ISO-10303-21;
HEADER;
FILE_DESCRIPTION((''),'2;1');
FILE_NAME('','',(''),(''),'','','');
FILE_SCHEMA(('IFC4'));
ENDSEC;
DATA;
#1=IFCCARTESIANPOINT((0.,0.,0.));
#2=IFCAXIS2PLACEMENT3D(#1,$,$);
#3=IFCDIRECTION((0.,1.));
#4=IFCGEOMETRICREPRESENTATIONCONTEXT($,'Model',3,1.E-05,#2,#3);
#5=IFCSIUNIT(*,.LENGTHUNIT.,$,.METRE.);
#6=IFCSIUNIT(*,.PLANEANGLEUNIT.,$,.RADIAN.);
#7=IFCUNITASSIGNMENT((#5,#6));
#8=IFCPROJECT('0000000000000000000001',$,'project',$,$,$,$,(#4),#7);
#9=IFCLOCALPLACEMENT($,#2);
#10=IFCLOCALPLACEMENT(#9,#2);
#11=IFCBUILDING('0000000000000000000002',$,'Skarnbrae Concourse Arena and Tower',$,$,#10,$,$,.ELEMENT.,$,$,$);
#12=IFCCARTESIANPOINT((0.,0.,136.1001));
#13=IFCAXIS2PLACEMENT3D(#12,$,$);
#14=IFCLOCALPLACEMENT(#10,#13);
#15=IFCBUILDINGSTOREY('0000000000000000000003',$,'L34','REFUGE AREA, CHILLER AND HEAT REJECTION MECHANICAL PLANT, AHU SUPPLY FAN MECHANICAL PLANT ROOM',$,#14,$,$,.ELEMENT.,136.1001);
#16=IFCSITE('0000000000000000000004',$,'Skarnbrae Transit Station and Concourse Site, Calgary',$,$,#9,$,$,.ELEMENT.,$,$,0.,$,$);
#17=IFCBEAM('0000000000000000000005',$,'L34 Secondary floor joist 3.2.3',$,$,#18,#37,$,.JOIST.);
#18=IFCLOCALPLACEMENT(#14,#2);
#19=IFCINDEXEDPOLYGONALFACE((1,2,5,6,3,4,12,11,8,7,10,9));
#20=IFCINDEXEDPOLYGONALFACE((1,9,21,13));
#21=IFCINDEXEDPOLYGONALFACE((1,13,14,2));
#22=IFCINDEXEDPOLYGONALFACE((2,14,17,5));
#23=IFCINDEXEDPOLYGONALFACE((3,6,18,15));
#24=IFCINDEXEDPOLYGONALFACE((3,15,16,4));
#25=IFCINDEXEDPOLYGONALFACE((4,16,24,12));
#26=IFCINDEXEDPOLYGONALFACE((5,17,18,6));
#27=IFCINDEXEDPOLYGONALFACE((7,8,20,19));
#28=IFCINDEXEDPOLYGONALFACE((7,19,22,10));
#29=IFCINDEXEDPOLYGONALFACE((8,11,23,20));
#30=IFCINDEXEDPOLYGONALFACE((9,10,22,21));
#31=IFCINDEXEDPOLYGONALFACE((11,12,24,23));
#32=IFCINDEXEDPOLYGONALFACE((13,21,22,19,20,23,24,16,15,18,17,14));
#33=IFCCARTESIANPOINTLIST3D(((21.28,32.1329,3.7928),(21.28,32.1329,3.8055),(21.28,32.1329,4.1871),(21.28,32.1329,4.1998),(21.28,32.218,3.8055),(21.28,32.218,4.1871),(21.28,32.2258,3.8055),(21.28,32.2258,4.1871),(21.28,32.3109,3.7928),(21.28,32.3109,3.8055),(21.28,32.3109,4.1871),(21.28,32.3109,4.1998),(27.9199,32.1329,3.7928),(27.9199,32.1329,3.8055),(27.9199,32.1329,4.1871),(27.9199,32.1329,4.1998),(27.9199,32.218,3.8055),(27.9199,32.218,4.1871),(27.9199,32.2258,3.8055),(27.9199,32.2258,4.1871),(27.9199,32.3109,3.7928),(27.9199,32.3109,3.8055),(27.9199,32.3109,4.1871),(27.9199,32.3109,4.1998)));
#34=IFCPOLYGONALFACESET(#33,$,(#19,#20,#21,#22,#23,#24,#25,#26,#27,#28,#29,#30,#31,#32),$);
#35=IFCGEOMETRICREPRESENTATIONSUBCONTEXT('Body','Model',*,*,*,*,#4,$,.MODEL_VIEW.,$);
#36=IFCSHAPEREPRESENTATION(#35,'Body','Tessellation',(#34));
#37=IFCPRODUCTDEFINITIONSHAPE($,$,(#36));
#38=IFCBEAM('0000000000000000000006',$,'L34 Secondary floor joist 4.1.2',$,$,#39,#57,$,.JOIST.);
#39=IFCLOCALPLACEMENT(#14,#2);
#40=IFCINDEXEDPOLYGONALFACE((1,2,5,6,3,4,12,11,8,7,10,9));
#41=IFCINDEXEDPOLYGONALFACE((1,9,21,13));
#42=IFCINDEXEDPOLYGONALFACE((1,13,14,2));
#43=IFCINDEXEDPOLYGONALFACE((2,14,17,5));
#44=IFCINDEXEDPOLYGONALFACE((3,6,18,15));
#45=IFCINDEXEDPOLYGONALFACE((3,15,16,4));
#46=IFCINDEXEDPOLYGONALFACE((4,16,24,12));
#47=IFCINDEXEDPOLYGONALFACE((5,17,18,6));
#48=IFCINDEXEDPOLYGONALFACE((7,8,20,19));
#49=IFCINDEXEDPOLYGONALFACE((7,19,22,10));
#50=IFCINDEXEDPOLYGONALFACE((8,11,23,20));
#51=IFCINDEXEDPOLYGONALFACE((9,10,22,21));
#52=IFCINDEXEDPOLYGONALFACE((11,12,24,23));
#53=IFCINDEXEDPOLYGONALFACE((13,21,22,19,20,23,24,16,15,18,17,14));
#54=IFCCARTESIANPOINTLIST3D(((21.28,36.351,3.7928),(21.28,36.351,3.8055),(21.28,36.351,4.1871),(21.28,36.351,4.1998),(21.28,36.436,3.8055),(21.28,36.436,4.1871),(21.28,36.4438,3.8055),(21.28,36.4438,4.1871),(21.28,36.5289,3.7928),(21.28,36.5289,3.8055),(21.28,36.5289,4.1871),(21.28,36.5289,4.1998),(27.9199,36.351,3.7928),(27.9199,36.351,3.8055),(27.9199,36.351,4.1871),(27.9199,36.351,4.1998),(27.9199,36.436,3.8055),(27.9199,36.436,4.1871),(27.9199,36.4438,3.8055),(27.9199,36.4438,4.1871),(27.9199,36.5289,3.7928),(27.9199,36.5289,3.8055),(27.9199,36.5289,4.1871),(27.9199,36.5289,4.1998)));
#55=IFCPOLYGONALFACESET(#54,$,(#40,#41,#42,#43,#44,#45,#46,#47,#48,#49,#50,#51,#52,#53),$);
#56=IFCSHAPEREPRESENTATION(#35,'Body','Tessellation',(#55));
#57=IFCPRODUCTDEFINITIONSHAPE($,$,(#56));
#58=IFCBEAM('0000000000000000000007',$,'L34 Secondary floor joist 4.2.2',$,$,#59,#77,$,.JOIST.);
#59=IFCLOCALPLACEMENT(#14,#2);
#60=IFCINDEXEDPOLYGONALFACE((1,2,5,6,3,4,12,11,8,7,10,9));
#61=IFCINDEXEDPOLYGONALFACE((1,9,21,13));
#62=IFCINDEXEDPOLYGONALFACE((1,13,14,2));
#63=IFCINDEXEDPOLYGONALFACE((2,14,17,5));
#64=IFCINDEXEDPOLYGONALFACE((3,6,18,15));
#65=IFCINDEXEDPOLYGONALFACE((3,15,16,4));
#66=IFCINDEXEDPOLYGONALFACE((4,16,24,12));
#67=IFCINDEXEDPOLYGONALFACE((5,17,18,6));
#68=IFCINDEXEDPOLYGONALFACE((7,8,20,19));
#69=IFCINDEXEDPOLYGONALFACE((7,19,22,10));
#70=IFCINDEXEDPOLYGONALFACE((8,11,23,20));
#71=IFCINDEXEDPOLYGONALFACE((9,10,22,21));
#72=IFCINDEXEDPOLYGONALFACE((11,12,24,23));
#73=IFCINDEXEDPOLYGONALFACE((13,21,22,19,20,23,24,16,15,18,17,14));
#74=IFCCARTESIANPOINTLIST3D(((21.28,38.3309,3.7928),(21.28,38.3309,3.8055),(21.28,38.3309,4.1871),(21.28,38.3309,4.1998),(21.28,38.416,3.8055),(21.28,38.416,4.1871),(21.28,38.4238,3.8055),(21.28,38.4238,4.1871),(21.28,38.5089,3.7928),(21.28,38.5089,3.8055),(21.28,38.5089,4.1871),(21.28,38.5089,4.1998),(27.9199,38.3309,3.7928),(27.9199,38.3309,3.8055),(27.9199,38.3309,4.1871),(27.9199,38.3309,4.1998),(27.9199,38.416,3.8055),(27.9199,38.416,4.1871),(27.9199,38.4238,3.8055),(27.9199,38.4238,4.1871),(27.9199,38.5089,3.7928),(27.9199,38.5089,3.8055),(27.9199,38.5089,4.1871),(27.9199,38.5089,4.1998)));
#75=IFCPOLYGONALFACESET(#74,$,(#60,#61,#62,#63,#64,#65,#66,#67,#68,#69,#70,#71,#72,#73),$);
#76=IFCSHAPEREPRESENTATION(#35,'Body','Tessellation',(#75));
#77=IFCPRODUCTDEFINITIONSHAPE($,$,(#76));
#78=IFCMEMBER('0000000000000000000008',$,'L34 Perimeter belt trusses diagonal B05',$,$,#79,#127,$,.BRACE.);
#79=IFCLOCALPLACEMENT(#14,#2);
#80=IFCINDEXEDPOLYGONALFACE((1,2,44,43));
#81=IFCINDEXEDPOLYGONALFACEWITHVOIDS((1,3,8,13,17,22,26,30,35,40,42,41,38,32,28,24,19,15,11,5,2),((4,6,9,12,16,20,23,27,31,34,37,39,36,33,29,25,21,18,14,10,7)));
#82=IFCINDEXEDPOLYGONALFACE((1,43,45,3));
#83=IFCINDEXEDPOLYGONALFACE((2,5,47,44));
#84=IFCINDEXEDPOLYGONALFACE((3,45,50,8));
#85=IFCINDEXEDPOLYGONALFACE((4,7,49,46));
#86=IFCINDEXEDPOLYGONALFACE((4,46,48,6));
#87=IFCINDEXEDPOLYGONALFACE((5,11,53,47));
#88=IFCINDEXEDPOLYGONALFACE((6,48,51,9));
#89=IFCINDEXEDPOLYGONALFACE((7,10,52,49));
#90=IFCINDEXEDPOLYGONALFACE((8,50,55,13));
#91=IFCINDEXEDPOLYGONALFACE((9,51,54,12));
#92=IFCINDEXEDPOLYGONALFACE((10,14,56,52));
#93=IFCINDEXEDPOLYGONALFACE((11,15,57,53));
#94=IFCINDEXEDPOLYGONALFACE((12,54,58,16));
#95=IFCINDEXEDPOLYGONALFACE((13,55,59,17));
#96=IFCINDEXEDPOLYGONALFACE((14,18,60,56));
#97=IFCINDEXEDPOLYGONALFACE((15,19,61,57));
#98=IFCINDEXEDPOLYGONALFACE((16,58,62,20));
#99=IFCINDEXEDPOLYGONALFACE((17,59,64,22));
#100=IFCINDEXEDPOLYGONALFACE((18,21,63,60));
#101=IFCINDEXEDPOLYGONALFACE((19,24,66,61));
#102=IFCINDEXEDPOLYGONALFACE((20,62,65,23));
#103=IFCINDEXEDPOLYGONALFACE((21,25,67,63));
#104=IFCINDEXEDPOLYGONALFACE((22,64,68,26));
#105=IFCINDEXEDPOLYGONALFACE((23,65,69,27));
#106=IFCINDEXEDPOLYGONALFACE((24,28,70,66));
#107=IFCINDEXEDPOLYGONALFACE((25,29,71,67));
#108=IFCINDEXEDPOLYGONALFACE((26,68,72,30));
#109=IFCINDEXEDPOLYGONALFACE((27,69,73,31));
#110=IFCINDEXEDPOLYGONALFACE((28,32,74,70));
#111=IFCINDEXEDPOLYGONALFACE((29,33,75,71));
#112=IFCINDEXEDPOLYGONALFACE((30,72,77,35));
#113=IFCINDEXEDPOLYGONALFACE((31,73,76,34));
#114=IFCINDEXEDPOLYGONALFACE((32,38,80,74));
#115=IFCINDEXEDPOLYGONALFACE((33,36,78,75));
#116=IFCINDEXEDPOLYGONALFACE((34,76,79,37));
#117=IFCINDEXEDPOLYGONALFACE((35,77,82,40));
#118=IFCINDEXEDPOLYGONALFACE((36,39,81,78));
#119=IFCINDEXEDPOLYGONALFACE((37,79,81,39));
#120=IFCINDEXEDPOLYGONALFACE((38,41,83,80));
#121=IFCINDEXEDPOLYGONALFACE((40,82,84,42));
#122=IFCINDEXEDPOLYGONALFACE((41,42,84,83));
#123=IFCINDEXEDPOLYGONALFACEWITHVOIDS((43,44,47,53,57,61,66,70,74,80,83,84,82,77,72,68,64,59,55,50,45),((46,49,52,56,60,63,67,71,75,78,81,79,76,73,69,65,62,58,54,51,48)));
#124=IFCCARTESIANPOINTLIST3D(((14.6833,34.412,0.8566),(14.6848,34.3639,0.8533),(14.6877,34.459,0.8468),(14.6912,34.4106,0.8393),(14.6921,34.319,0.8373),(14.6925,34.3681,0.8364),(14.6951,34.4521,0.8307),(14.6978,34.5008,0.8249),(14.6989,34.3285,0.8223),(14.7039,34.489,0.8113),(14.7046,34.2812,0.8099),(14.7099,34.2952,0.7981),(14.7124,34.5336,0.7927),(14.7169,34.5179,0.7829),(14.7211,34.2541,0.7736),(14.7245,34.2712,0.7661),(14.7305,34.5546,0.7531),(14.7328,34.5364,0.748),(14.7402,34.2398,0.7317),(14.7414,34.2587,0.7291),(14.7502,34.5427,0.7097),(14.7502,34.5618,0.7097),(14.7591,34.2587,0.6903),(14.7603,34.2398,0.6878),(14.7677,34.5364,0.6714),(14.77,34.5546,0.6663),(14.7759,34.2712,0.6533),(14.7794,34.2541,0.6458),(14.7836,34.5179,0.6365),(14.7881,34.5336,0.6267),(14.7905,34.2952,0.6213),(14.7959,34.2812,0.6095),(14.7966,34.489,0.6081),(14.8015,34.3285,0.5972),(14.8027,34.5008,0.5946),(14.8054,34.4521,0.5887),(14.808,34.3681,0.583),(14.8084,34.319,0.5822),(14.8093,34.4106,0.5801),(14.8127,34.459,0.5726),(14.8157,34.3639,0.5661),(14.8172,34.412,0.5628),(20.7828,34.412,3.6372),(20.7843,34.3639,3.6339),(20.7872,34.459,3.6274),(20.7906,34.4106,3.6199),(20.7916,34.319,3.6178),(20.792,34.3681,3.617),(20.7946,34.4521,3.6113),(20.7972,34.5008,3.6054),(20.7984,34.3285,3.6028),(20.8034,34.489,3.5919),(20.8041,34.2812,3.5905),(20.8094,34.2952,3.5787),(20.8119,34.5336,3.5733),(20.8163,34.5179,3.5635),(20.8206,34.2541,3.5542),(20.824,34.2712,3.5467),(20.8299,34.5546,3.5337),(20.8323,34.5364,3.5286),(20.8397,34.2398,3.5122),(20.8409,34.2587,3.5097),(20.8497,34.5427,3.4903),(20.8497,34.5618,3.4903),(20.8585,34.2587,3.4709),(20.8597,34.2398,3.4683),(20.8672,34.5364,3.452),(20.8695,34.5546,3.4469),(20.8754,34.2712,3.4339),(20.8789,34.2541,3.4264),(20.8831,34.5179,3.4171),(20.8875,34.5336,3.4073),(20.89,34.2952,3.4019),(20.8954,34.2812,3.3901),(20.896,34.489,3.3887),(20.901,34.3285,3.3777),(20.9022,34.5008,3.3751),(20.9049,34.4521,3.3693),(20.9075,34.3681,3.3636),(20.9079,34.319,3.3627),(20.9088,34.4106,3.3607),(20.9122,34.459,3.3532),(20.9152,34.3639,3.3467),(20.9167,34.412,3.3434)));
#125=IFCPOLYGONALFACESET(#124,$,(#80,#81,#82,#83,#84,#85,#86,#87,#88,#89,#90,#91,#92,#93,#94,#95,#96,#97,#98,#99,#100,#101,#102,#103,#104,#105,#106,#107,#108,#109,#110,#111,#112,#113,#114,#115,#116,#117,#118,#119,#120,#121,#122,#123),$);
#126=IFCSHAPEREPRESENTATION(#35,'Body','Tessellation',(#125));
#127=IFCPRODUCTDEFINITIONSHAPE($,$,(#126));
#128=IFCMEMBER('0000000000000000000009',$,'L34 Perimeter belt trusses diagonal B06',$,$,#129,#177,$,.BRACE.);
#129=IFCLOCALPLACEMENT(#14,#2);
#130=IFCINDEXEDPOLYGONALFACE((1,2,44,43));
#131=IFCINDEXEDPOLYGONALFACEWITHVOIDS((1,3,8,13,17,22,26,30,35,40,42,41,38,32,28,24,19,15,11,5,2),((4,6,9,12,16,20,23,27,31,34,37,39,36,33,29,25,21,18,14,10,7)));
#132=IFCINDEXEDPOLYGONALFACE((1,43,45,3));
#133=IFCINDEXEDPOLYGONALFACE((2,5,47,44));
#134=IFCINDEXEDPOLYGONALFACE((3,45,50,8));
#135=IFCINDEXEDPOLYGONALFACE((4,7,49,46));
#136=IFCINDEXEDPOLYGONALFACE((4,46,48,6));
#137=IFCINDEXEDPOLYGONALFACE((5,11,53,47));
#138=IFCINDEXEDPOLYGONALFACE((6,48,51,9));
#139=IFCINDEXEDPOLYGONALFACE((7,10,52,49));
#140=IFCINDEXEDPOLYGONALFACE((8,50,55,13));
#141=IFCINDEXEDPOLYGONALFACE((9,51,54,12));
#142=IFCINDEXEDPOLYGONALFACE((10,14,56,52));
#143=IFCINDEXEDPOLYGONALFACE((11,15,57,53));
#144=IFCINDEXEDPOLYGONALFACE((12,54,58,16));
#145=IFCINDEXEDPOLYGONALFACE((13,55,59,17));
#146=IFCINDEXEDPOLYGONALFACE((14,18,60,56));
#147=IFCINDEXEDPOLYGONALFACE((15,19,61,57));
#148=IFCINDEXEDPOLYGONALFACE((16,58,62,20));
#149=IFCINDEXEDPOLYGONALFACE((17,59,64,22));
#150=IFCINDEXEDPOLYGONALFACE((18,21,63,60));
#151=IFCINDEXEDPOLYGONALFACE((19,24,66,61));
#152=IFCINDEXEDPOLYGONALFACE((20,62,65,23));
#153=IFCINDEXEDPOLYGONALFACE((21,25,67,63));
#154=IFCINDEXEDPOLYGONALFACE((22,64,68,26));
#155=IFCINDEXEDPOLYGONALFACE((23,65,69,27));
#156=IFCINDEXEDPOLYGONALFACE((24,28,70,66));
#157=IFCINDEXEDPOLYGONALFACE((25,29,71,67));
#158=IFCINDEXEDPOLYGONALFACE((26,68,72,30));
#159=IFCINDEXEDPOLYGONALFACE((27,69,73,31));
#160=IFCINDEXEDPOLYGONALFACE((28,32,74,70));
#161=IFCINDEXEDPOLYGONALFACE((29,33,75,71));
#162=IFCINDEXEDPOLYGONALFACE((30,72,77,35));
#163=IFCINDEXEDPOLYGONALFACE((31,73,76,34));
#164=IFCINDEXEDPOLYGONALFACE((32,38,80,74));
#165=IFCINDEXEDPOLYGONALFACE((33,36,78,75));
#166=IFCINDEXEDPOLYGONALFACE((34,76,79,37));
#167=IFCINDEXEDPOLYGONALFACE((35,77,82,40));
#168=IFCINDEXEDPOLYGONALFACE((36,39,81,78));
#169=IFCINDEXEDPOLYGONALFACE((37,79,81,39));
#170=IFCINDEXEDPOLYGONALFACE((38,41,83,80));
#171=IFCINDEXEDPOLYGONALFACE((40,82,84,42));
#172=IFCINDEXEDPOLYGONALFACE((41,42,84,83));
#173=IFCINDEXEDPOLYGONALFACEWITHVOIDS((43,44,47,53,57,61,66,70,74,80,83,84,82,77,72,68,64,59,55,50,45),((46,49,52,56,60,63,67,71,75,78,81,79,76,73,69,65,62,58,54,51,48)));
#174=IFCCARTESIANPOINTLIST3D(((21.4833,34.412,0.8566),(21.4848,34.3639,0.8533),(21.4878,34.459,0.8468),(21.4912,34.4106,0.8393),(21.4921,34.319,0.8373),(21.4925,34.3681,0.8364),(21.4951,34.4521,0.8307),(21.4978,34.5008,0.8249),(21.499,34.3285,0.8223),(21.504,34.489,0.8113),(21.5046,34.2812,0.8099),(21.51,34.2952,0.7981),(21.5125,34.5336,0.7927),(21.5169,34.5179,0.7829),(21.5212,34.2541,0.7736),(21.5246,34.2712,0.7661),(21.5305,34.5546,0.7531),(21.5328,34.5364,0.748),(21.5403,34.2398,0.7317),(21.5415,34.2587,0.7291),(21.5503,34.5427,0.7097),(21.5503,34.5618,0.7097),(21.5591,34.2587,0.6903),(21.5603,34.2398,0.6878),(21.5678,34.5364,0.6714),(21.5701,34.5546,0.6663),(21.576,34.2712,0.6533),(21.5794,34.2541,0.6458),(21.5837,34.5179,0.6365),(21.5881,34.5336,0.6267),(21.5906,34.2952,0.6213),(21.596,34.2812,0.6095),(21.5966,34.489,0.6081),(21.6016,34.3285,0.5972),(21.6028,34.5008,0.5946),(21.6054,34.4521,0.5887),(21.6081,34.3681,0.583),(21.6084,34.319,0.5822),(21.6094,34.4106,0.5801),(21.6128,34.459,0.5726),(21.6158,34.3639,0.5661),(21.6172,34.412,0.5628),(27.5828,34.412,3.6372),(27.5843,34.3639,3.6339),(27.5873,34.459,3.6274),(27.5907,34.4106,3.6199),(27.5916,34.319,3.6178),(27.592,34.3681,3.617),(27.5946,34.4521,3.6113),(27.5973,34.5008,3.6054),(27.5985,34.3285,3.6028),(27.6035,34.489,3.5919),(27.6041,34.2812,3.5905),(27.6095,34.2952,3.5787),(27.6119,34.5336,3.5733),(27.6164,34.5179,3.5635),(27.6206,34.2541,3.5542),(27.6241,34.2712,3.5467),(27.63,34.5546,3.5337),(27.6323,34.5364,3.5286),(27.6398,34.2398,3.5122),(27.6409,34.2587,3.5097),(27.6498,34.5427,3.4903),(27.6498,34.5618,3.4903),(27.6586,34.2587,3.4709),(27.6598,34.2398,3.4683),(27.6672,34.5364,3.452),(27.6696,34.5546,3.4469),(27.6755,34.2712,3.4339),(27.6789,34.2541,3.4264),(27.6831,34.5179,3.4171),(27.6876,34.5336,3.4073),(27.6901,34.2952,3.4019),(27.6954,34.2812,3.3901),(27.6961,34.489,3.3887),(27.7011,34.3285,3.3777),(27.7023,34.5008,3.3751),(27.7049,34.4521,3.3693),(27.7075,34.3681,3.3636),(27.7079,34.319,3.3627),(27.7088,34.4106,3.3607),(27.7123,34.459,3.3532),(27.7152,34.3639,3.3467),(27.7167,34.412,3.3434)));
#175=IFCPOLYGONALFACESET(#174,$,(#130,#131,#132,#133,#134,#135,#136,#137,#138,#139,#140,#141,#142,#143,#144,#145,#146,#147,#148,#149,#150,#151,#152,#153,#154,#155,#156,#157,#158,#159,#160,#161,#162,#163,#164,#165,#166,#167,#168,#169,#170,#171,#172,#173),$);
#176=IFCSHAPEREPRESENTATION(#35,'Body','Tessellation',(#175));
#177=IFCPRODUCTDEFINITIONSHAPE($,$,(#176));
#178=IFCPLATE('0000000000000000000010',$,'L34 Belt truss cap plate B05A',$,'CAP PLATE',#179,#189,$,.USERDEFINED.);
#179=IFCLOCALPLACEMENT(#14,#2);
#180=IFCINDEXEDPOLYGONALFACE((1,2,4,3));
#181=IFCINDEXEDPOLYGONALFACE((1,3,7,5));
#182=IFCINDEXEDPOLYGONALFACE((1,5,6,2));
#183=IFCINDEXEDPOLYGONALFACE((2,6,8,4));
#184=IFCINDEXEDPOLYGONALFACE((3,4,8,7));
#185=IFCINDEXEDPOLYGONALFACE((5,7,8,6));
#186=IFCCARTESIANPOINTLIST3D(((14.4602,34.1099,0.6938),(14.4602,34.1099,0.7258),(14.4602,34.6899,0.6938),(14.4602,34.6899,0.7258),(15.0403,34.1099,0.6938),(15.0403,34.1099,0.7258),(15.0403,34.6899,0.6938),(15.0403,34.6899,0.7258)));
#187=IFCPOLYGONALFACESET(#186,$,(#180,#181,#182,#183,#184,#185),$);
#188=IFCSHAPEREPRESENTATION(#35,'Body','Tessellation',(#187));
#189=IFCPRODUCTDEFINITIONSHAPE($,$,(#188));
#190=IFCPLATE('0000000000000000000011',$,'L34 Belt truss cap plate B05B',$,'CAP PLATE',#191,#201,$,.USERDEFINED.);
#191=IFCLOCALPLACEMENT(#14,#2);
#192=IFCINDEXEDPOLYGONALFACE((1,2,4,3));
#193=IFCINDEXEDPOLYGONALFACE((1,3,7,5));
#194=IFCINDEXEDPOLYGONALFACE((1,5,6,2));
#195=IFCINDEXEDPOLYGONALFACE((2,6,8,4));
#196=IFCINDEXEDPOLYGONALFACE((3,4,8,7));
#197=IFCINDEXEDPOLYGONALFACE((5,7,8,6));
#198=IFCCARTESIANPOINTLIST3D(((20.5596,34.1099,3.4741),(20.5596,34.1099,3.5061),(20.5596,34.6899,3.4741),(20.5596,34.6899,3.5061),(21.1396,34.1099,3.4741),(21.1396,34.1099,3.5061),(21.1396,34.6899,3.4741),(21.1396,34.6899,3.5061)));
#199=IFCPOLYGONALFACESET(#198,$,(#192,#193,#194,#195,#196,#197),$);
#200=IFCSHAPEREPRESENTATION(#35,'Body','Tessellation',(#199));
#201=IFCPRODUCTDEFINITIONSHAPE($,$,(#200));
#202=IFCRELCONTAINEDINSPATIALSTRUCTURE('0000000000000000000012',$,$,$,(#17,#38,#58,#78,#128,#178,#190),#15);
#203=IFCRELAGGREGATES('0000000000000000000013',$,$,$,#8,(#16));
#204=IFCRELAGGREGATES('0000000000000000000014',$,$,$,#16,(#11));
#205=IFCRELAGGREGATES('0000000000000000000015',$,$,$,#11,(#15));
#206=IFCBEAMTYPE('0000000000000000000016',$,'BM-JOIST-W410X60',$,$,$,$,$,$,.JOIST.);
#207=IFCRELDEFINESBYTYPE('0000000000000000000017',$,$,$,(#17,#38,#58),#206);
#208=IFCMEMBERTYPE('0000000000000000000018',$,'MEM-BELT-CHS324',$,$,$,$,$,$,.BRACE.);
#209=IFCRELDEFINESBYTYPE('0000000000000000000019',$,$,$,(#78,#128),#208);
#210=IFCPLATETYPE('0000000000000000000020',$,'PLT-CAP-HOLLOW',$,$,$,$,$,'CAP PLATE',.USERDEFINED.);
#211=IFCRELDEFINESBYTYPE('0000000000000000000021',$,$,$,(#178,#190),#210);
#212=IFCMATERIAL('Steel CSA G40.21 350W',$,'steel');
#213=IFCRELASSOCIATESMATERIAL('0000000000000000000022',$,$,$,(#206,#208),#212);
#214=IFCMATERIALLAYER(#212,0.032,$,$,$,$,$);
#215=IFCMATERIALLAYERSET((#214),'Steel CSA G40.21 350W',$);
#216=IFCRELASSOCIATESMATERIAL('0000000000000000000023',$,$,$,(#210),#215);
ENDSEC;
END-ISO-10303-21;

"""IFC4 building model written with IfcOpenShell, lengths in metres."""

from ifc_helpers import new_model, si_unit, direction, frame, origin, origin_2d, place, context, subcontext, project, spatial, rectangle, hollow_circle, i_section, extrude, source, transform, mapped, material, layer, layer_set, material_profile, profile_set, type_object, element, save


model = new_model("IFC4")

# Units and contexts
model_context = context("Model", 3, precision=1e-05, world=origin(), true_north=direction((0.0, 1.0)))
body_context = subcontext(model_context, "Body", "Model", "MODEL_VIEW")
ifc_project = project(units=[si_unit("LENGTHUNIT", "METRE"), si_unit("PLANEANGLEUNIT", "RADIAN")], contexts=[model_context])

# Site, building, storey
site_placement = place(None, origin())
site = spatial("IfcSite", under=ifc_project, at=site_placement, Name="Skarnbrae Transit Station and Concourse Site, Calgary", CompositionType="ELEMENT", RefElevation=0.0)
building_placement = place(site_placement, origin())
building = spatial("IfcBuilding", under=site, at=building_placement, Name="Skarnbrae Concourse Arena and Tower", CompositionType="ELEMENT")
storey_placement = place(building_placement, frame((0.0, 0.0, 136.1001)))
storey = spatial("IfcBuildingStorey", under=building, at=storey_placement, Name="L34", Description="REFUGE AREA, CHILLER AND HEAT REJECTION MECHANICAL PLANT, AHU SUPPLY FAN MECHANICAL PLANT ROOM", CompositionType="ELEMENT", Elevation=136.1001)

# Shared definitions
ifc_material_1 = material(Name="Steel CSA G40.21 350W", Category="steel")

# Beams
ifc_material_profile_1 = material_profile(ifc_material_1, i_section(OverallWidth=0.178, OverallDepth=0.407, WebThickness=0.0078, FlangeThickness=0.0127, at=origin_2d()), Name="W410X60")
ifc_profile_set_1 = profile_set([ifc_material_profile_1], Name="Steel CSA G40.21 350W")
beam_type_1 = type_object("IfcBeamType", Name="BM-JOIST-W410X60", PredefinedType="JOIST", material=ifc_profile_set_1)
shared_shape_1 = source(origin(), body_context, "Body", "SweptSolid", [
    extrude(i_section(OverallWidth=0.178, OverallDepth=0.407, WebThickness=0.0078, FlangeThickness=0.0127, at=origin_2d()), origin(), (0.0, 0.0, 1.0), 6.6399),
])
for number, where, z_axis, x_axis, name in (
    (1, (21.28, 32.2219, 3.9963), (1.0, 0.0, 0.0), (0.0, 1.0, 0.0), "L34 Secondary floor joist 3.2.3"),
    (2, (21.28, 36.4399, 3.9963), (1.0, 0.0, 0.0), (0.0, 1.0, 0.0), "L34 Secondary floor joist 4.1.2"),
    (3, (21.28, 38.4199, 3.9963), (1.0, 0.0, 0.0), (0.0, 1.0, 0.0), "L34 Secondary floor joist 4.2.2"),
):
    element("IfcBeam", number, at=place(storey_placement, frame(where, z_axis=z_axis, x_axis=x_axis)), inside=storey, type_object=beam_type_1, Name=name, PredefinedType="JOIST", context=body_context, shape_type="MappedRepresentation", body=[
        mapped(shared_shape_1, transform((0.0, 0.0, 0.0))),
    ])

# Members
ifc_material_profile_2 = material_profile(ifc_material_1, hollow_circle(Radius=0.1619, WallThickness=0.019, at=origin_2d()), Name="HSS324X19.0")
ifc_profile_set_2 = profile_set([ifc_material_profile_2], Name="Steel CSA G40.21 350W")
member_type = type_object("IfcMemberType", Name="MEM-BELT-CHS324", PredefinedType="BRACE", material=ifc_profile_set_2)
shared_shape_2 = source(origin(), body_context, "Body", "SweptSolid", [
    extrude(hollow_circle(Radius=0.1619, WallThickness=0.019, at=origin_2d()), origin(), (0.0, 0.0, 1.0), 6.7034),
])
for number, where, z_axis, x_axis, name in (
    (4, (14.7502, 34.3999, 0.7097), (0.909912, 0.0, 0.414802), (0.0, 1.0, 0.0), "L34 Perimeter belt trusses diagonal B05"),
    (5, (21.5503, 34.3999, 0.7097), (0.909912, 0.0, 0.414802), (0.0, 1.0, 0.0), "L34 Perimeter belt trusses diagonal B06"),
):
    element("IfcMember", number, at=place(storey_placement, frame(where, z_axis=z_axis, x_axis=x_axis)), inside=storey, type_object=member_type, Name=name, PredefinedType="BRACE", context=body_context, shape_type="MappedRepresentation", body=[
        mapped(shared_shape_2, transform((0.0, 0.0, 0.0))),
    ])

# Plates
ifc_layer_1 = layer(ifc_material_1, 0.032)
ifc_layer_set_1 = layer_set([ifc_layer_1], Name="Steel CSA G40.21 350W")
plate_type_1 = type_object("IfcPlateType", Name="PLT-CAP-HOLLOW", ElementType="CAP PLATE", PredefinedType="USERDEFINED", material=ifc_layer_set_1)
shared_shape_3 = source(origin(), body_context, "Body", "SweptSolid", [
    extrude(rectangle(XDim=0.5801, YDim=0.5801, at=origin_2d()), origin(), (0.0, 0.0, 1.0), 0.032),
])
for number, where, z_axis, x_axis, name in (
    (6, (14.7502, 34.3999, 0.6938), (0.0, 0.0, 1.0), (1.0, 0.0, 0.0), "L34 Belt truss cap plate B05A"),
    (7, (20.8496, 34.3999, 3.4741), (0.0, 0.0, 1.0), (1.0, 0.0, 0.0), "L34 Belt truss cap plate B05B"),
):
    element("IfcPlate", number, at=place(storey_placement, frame(where, z_axis=z_axis, x_axis=x_axis)), inside=storey, type_object=plate_type_1, Name=name, ObjectType="CAP PLATE", PredefinedType="USERDEFINED", context=body_context, shape_type="MappedRepresentation", body=[
        mapped(shared_shape_3, transform((0.0, 0.0, 0.0))),
    ])

save(model, "model.ifc")
